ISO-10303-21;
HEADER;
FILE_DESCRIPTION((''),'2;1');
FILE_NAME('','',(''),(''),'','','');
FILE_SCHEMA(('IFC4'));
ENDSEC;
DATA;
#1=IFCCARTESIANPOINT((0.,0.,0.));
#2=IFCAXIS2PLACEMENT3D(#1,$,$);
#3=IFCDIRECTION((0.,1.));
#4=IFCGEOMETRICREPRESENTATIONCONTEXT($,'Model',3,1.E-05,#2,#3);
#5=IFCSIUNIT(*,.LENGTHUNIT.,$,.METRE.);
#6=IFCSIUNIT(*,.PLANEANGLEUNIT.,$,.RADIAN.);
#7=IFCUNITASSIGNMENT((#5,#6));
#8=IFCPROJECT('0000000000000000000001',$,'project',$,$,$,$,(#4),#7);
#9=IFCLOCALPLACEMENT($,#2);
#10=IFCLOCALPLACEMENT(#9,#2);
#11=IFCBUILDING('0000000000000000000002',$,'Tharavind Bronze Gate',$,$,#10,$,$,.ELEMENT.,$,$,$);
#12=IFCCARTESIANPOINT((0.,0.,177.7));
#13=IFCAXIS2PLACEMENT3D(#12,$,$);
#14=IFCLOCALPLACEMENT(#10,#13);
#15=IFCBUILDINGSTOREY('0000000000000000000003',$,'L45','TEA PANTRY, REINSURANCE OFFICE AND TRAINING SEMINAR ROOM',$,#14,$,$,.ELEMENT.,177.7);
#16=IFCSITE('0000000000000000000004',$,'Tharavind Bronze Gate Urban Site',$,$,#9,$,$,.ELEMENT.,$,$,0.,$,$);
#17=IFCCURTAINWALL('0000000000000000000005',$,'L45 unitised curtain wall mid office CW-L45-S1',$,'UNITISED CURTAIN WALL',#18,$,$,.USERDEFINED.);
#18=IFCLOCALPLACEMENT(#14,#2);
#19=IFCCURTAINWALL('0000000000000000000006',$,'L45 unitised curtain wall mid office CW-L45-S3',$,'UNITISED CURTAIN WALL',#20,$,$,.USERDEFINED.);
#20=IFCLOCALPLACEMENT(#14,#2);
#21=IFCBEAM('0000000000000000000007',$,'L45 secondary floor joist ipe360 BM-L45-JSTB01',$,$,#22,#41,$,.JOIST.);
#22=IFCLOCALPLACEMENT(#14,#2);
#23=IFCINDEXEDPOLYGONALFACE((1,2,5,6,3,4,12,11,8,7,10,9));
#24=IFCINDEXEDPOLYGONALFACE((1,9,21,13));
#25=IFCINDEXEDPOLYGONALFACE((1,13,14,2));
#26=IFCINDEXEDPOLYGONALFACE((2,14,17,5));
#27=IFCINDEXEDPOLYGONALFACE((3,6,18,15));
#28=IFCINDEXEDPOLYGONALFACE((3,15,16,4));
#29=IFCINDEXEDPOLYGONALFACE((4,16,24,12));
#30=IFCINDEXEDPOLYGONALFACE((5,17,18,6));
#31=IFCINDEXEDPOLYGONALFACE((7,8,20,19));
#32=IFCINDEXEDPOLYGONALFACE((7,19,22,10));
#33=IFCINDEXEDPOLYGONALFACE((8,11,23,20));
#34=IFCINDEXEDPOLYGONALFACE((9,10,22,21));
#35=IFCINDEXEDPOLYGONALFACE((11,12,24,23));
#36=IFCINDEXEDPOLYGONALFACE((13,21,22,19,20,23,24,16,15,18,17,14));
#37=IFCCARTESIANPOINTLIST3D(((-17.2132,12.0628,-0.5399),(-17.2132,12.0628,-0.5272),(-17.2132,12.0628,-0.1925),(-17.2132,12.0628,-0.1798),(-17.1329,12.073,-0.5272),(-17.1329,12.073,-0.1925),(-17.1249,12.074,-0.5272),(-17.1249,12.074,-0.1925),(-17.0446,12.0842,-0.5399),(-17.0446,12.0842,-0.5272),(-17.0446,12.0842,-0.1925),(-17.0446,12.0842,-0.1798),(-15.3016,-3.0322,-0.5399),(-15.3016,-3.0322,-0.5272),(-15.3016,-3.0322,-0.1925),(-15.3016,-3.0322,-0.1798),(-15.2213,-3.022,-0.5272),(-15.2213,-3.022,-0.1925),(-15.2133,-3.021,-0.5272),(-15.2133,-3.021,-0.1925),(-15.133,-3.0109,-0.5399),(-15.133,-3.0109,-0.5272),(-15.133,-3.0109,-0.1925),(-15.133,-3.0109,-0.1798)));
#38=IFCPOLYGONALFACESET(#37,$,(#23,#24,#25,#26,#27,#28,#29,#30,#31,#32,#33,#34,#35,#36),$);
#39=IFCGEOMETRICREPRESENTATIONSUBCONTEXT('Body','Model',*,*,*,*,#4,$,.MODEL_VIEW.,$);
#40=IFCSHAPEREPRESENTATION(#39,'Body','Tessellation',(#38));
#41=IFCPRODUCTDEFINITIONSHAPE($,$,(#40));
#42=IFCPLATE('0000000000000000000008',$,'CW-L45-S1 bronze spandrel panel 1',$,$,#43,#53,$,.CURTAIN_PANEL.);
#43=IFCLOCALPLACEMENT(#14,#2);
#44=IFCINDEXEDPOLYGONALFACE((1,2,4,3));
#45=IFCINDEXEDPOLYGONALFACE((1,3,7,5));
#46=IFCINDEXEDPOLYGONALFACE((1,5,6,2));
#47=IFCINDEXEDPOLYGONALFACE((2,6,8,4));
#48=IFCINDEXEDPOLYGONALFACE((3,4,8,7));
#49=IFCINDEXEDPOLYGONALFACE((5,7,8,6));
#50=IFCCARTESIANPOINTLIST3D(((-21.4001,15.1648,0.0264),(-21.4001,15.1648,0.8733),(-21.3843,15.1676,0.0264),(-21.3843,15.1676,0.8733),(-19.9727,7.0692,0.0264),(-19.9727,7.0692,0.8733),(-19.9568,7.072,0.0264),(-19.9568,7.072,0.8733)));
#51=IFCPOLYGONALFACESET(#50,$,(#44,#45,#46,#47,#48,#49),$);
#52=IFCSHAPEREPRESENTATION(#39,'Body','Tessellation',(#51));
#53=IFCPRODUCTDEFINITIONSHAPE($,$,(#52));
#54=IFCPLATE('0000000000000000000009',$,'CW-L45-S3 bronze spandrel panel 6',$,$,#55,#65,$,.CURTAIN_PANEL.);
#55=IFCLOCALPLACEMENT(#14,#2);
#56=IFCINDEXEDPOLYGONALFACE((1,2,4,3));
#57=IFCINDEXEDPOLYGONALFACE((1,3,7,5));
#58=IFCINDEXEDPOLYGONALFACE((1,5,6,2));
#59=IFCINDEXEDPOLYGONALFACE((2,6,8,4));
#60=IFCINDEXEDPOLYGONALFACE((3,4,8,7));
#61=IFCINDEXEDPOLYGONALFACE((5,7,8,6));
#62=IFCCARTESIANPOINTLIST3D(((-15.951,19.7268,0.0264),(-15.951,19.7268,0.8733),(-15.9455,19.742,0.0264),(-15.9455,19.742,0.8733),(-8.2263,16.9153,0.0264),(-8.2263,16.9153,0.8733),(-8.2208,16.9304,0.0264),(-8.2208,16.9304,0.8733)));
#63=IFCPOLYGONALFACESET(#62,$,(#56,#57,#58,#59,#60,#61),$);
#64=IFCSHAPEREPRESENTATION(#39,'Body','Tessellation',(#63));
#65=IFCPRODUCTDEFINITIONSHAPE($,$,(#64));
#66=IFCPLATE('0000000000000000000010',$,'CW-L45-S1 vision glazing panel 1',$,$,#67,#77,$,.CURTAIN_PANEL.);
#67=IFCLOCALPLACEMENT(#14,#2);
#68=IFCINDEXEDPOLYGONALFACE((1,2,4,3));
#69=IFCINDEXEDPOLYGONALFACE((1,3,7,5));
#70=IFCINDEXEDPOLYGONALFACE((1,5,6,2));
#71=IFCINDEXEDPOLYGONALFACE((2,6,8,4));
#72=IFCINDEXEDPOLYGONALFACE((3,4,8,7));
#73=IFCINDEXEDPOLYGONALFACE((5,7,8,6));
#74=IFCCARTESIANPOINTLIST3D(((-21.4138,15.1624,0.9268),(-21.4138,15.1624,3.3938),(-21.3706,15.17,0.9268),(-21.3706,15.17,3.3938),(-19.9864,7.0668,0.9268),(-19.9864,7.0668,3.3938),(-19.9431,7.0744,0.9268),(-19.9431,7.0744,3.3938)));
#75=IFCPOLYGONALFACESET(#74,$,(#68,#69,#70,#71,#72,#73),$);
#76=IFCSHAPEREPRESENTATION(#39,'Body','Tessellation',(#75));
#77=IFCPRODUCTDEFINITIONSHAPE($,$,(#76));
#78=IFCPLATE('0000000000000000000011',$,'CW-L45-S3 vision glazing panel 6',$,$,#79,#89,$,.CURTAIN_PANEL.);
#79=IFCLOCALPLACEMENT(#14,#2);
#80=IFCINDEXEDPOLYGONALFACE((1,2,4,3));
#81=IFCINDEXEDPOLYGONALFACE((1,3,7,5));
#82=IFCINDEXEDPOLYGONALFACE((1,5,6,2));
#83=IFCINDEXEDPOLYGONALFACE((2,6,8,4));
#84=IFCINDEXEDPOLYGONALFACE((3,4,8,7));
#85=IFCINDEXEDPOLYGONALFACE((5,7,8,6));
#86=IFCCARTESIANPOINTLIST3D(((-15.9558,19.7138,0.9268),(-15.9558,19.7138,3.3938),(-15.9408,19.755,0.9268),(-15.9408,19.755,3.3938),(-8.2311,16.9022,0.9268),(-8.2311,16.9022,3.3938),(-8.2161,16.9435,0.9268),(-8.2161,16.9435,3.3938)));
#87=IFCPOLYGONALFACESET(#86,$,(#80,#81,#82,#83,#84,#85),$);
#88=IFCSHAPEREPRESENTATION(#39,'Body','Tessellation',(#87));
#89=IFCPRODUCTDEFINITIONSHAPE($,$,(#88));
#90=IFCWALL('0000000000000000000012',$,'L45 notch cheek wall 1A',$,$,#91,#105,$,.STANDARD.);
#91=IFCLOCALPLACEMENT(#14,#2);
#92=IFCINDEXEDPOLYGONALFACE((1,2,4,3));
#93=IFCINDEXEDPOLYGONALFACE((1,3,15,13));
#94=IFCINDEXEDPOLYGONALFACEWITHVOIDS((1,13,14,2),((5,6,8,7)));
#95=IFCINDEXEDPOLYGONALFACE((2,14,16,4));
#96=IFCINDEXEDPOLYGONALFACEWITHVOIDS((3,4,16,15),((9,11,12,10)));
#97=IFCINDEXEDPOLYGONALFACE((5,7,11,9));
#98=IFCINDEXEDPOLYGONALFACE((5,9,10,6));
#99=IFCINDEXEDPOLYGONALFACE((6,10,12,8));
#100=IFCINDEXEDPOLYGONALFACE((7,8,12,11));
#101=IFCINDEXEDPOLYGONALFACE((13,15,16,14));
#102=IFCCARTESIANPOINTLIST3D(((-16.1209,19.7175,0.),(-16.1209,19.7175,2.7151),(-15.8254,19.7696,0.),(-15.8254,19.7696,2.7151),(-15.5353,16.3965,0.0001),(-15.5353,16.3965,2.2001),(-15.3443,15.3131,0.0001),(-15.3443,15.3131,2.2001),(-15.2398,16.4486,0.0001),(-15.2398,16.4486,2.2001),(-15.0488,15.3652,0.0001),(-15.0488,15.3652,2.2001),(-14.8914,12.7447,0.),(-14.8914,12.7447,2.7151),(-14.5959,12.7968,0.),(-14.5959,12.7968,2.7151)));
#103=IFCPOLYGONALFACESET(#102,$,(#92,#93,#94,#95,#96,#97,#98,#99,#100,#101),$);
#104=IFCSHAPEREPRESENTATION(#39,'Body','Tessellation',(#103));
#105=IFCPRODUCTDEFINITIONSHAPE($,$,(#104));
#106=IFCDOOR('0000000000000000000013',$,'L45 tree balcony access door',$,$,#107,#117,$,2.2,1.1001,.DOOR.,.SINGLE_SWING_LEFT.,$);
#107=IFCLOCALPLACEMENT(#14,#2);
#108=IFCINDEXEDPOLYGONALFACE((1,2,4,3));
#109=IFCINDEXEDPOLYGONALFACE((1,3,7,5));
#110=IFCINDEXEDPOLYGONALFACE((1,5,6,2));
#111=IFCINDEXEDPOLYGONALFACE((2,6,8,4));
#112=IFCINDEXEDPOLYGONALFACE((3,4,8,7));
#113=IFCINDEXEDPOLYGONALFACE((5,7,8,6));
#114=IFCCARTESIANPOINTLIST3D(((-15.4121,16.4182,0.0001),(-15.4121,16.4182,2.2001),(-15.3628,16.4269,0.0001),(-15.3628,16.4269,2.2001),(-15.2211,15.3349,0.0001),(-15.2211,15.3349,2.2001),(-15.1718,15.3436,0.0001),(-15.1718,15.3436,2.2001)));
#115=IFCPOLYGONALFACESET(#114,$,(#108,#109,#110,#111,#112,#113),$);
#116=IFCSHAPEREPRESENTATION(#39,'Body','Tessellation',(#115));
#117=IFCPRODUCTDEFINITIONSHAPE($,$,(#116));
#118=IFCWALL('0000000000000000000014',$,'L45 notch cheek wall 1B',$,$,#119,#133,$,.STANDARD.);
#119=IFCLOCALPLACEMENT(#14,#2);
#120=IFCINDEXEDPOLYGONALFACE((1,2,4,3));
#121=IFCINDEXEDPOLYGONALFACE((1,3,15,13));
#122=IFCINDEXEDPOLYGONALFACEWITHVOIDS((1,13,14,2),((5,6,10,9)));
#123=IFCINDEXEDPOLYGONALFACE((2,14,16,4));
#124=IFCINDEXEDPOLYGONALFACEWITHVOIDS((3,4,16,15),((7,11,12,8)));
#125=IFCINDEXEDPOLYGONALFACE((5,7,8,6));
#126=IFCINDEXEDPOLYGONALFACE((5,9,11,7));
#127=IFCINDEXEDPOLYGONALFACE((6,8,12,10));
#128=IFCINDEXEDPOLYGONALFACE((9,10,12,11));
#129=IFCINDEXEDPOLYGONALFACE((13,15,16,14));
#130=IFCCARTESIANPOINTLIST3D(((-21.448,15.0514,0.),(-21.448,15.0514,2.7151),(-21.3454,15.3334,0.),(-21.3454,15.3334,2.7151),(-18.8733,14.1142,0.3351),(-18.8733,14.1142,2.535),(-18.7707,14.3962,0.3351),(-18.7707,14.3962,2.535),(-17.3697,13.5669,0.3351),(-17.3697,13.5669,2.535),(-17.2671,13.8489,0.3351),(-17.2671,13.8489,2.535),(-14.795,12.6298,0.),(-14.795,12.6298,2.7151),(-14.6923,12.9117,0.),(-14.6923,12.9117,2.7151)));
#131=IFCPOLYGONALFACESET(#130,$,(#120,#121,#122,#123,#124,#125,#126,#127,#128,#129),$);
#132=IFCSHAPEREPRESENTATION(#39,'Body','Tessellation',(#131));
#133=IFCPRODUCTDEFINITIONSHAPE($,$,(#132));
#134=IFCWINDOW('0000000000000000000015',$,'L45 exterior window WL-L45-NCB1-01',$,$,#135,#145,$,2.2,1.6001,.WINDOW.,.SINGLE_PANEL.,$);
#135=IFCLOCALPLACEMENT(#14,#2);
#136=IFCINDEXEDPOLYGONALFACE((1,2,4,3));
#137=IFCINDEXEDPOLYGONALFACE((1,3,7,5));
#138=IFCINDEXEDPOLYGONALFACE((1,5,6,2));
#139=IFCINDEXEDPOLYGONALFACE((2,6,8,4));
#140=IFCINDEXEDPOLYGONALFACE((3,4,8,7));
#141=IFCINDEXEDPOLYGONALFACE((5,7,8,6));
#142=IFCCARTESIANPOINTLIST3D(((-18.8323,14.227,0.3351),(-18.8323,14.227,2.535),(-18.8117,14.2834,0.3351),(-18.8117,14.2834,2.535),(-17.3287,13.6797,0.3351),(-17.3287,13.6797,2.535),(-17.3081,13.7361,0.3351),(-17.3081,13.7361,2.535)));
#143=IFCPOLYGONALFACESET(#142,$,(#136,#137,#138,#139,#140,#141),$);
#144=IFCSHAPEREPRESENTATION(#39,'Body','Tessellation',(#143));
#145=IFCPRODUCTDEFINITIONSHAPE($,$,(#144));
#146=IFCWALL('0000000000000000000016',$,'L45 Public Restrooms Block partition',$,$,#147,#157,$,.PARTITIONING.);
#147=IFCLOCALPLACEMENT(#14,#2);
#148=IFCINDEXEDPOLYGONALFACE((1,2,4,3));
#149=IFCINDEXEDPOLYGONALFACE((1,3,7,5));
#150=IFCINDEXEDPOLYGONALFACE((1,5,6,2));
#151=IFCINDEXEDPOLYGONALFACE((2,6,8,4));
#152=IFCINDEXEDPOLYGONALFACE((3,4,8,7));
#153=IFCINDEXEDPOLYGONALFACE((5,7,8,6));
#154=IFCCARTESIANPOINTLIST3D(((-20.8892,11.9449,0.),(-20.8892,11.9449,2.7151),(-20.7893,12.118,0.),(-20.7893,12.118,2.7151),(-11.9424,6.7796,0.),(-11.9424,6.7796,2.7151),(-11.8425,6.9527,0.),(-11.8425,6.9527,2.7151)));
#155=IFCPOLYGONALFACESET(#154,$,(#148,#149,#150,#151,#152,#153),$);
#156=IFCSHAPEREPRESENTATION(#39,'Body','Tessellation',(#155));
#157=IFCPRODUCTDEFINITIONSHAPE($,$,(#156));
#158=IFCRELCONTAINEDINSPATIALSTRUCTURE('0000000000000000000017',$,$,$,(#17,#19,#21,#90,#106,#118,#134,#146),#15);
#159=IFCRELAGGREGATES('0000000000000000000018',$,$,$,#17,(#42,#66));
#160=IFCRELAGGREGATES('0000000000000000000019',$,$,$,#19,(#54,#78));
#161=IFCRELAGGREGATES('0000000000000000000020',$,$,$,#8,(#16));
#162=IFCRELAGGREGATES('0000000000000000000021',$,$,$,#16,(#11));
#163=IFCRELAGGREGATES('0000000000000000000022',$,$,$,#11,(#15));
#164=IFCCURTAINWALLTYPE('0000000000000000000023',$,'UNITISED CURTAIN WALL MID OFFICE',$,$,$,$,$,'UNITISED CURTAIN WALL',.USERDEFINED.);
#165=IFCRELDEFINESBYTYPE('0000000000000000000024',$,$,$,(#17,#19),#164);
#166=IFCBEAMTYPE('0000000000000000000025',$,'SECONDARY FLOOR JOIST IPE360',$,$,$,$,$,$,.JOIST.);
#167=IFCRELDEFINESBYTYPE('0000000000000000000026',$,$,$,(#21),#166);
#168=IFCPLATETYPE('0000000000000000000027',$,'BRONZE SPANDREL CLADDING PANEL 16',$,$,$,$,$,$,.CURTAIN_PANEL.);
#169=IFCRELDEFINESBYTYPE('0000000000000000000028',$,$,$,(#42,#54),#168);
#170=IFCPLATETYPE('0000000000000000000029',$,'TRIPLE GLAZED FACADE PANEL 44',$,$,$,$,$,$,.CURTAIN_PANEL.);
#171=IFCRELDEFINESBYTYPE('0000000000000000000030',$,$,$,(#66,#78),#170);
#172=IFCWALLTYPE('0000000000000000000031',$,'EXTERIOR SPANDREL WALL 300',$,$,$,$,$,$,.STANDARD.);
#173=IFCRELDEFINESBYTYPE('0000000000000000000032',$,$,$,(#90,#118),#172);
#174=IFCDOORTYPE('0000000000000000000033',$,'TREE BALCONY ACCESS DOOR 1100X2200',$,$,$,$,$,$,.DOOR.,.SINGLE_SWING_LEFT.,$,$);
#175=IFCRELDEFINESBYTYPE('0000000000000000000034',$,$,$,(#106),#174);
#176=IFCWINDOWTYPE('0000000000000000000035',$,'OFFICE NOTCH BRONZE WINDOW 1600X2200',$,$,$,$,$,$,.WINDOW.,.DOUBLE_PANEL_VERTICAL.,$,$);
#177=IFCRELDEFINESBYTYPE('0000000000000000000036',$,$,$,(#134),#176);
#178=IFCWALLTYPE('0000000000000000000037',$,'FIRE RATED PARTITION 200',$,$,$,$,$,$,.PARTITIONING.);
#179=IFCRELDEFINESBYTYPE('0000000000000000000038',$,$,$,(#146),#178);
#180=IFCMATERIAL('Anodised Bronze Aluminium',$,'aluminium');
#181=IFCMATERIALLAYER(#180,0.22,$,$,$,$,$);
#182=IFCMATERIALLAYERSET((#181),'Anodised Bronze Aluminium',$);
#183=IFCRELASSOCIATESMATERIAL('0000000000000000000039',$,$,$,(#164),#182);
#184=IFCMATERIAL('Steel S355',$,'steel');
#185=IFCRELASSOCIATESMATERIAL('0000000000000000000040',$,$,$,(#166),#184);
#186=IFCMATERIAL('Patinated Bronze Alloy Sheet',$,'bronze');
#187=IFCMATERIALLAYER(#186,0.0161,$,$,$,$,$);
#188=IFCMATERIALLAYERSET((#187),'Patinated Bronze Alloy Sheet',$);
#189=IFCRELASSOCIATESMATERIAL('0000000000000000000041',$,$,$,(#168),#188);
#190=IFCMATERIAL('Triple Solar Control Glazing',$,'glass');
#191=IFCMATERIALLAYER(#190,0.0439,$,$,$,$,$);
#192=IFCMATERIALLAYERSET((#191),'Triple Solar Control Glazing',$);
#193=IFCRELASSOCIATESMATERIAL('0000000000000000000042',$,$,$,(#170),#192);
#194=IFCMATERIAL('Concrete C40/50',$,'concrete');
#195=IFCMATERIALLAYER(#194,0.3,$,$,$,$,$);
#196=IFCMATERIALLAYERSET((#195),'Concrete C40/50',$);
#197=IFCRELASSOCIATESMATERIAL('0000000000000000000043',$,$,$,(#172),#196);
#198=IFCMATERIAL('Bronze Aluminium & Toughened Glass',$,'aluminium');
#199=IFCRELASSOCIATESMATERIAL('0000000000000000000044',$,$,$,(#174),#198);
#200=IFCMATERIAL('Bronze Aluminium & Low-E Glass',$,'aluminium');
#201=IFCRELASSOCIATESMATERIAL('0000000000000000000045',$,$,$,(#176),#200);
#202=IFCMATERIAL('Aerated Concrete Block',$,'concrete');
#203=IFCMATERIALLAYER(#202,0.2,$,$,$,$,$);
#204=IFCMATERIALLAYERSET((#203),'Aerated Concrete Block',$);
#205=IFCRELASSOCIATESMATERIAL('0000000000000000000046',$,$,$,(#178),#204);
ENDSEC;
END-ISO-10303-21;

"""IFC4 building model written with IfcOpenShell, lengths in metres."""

from ifc_helpers import new_model, si_unit, direction, frame, frame_2d, origin, origin_2d, place, context, subcontext, project, spatial, rectangle, i_section, extrude, material, layer, layer_set, material_profile, profile_set, type_object, element, fill, aggregate, save


model = new_model("IFC4")

# Units and contexts
model_context = context("Model", 3, precision=1e-05, world=origin(), true_north=direction((0.0, 1.0)))
body_context = subcontext(model_context, "Body", "Model", "MODEL_VIEW")
ifc_project = project(units=[si_unit("LENGTHUNIT", "METRE"), si_unit("PLANEANGLEUNIT", "RADIAN")], contexts=[model_context])

# Site, building, storey
site_placement = place(None, origin())
site = spatial("IfcSite", under=ifc_project, at=site_placement, Name="Tharavind Bronze Gate Urban Site", CompositionType="ELEMENT", RefElevation=0.0)
building_placement = place(site_placement, origin())
building = spatial("IfcBuilding", under=site, at=building_placement, Name="Tharavind Bronze Gate", CompositionType="ELEMENT")
storey_placement = place(building_placement, frame((0.0, 0.0, 177.7)))
storey = spatial("IfcBuildingStorey", under=building, at=storey_placement, Name="L45", Description="TEA PANTRY, REINSURANCE OFFICE AND TRAINING SEMINAR ROOM", CompositionType="ELEMENT", Elevation=177.7)

# Curtain wall
ifc_material_1 = material(Name="Anodised Bronze Aluminium", Category="aluminium")
ifc_layer_1 = layer(ifc_material_1, 0.22)
ifc_layer_set_1 = layer_set([ifc_layer_1], Name="Anodised Bronze Aluminium")
curtain_wall_type = type_object("IfcCurtainWallType", Name="UNITISED CURTAIN WALL MID OFFICE", ElementType="UNITISED CURTAIN WALL", PredefinedType="USERDEFINED", material=ifc_layer_set_1)
curtain_wall_1_placement = place(storey_placement, origin())
curtain_wall_1 = element("IfcCurtainWall", 1, at=curtain_wall_1_placement, inside=storey, type_object=curtain_wall_type, Name="L45 unitised curtain wall mid office CW-L45-S1", ObjectType="UNITISED CURTAIN WALL", PredefinedType="USERDEFINED")

# Curtain wall
curtain_wall_2_placement = place(storey_placement, origin())
curtain_wall_2 = element("IfcCurtainWall", 2, at=curtain_wall_2_placement, inside=storey, type_object=curtain_wall_type, Name="L45 unitised curtain wall mid office CW-L45-S3", ObjectType="UNITISED CURTAIN WALL", PredefinedType="USERDEFINED")

# Beam
ifc_material_2 = material(Name="Steel S355", Category="steel")
ifc_material_profile_1 = material_profile(ifc_material_2, i_section(OverallWidth=0.1699, OverallDepth=0.3601, WebThickness=0.0081, FlangeThickness=0.0127, at=origin_2d()), Name="IPE360")
ifc_profile_set_1 = profile_set([ifc_material_profile_1], Name="Steel S355")
beam_type_1 = type_object("IfcBeamType", Name="SECONDARY FLOOR JOIST IPE360", PredefinedType="JOIST", material=ifc_profile_set_1)
beam_1_placement = place(storey_placement, frame((-17.1289, 12.0735, -0.3599), z_axis=(0.125636, -0.992076, 0.0), x_axis=(0.992076, 0.125636, 0.0)))
element("IfcBeam", 3, at=beam_1_placement, inside=storey, type_object=beam_type_1, Name="L45 secondary floor joist ipe360 BM-L45-JSTB01", PredefinedType="JOIST", context=body_context, shape_type="SweptSolid", body=[
    extrude(i_section(OverallWidth=0.1699, OverallDepth=0.3601, WebThickness=0.0081, FlangeThickness=0.0127, at=origin_2d()), origin(), (0.0, 0.0, 1.0), 15.2156),
])

# Plates
ifc_material_3 = material(Name="Patinated Bronze Alloy Sheet", Category="bronze")
ifc_layer_2 = layer(ifc_material_3, 0.0161)
ifc_layer_set_2 = layer_set([ifc_layer_2], Name="Patinated Bronze Alloy Sheet")
plate_type_1 = type_object("IfcPlateType", Name="BRONZE SPANDREL CLADDING PANEL 16", PredefinedType="CURTAIN_PANEL", material=ifc_layer_set_2)
plate_1_placement = place(storey_placement, frame((-20.6785, 11.1184, 0.0264), z_axis=(0.0, 0.0, 1.0), x_axis=(0.173648, -0.984808, 0.0)))
plate_1 = element("IfcPlate", 4, at=plate_1_placement, type_object=plate_type_1, Name="CW-L45-S1 bronze spandrel panel 1", PredefinedType="CURTAIN_PANEL", context=body_context, shape_type="SweptSolid", body=[
    extrude(rectangle(XDim=8.2205, YDim=0.0161, at=origin_2d()), origin(), (0.0, 0.0, 1.0), 0.8469),
])
plate_2_placement = place(storey_placement, frame((-12.0859, 18.3286, 0.0264), z_axis=(0.0, 0.0, 1.0), x_axis=(-0.939692, 0.342022, 0.0)))
plate_2 = element("IfcPlate", 5, at=plate_2_placement, type_object=plate_type_1, Name="CW-L45-S3 bronze spandrel panel 6", PredefinedType="CURTAIN_PANEL", context=body_context, shape_type="SweptSolid", body=[
    extrude(rectangle(XDim=8.2205, YDim=0.0161, at=origin_2d()), origin(), (0.0, 0.0, 1.0), 0.8469),
])
ifc_material_4 = material(Name="Triple Solar Control Glazing", Category="glass")
ifc_layer_3 = layer(ifc_material_4, 0.0439)
ifc_layer_set_3 = layer_set([ifc_layer_3], Name="Triple Solar Control Glazing")
plate_type_2 = type_object("IfcPlateType", Name="TRIPLE GLAZED FACADE PANEL 44", PredefinedType="CURTAIN_PANEL", material=ifc_layer_set_3)
plate_3_placement = place(storey_placement, frame((-20.6785, 11.1184, 0.9268), z_axis=(0.0, 0.0, 1.0), x_axis=(0.173648, -0.984808, 0.0)))
plate_3 = element("IfcPlate", 6, at=plate_3_placement, type_object=plate_type_2, Name="CW-L45-S1 vision glazing panel 1", PredefinedType="CURTAIN_PANEL", context=body_context, shape_type="SweptSolid", body=[
    extrude(rectangle(XDim=8.2205, YDim=0.0439, at=origin_2d()), origin(), (0.0, 0.0, 1.0), 2.467),
])
aggregate(curtain_wall_1, [plate_1, plate_3])
plate_4_placement = place(storey_placement, frame((-12.0859, 18.3286, 0.9268), z_axis=(0.0, 0.0, 1.0), x_axis=(-0.939692, 0.342022, 0.0)))
plate_4 = element("IfcPlate", 7, at=plate_4_placement, type_object=plate_type_2, Name="CW-L45-S3 vision glazing panel 6", PredefinedType="CURTAIN_PANEL", context=body_context, shape_type="SweptSolid", body=[
    extrude(rectangle(XDim=8.2205, YDim=0.0439, at=origin_2d()), origin(), (0.0, 0.0, 1.0), 2.467),
])
aggregate(curtain_wall_2, [plate_2, plate_4])

# Wall, opening, door
ifc_material_5 = material(Name="Concrete C40/50", Category="concrete")
ifc_layer_4 = layer(ifc_material_5, 0.3)
ifc_layer_set_4 = layer_set([ifc_layer_4], Name="Concrete C40/50")
wall_type_1 = type_object("IfcWallType", Name="EXTERIOR SPANDREL WALL 300", PredefinedType="STANDARD", material=ifc_layer_set_4)
wall_1_placement = place(storey_placement, frame((-15.9731, 19.7434, 0.0), z_axis=(0.0, 0.0, 1.0), x_axis=(0.173652, -0.984807, 0.0)))
wall_1 = element("IfcWall", 8, at=wall_1_placement, inside=storey, type_object=wall_type_1, Name="L45 notch cheek wall 1A", PredefinedType="STANDARD", context=body_context, shape_type="SweptSolid", body=[
    extrude(rectangle(XDim=7.0803, YDim=0.3, at=frame_2d((3.54, 0.0))), origin(), (0.0, 0.0, 1.0), 2.7151),
])
opening_1_placement = place(wall_1_placement, frame((3.3721, 0.0, 0.0)))
opening_1 = element("IfcOpeningElement", 9, at=opening_1_placement, cuts=wall_1, PredefinedType="OPENING", context=body_context, shape_type="SweptSolid", body=[
    extrude(rectangle(XDim=1.1001, YDim=2.2, at=frame_2d((0.55, 1.1001))), frame((0.0, 0.1599, 0.0), z_axis=(0.0, -1.0, 0.0), x_axis=(1.0, 0.0, 0.0)), (0.0, 0.0, 1.0), 0.32),
])
ifc_material_6 = material(Name="Bronze Aluminium & Toughened Glass", Category="aluminium")
door_type = type_object("IfcDoorType", Name="TREE BALCONY ACCESS DOOR 1100X2200", OperationType="SINGLE_SWING_LEFT", PredefinedType="DOOR", material=ifc_material_6)
door_placement = place(opening_1_placement, frame((1.1001, 0.0, 0.0), z_axis=(0.0, 0.0, 1.0), x_axis=(-1.0, 0.0, 0.0)))
door = element("IfcDoor", 10, at=door_placement, inside=storey, type_object=door_type, Name="L45 tree balcony access door", OperationType="SINGLE_SWING_LEFT", OverallHeight=2.2, OverallWidth=1.1001, PredefinedType="DOOR", context=body_context, shape_type="SweptSolid", body=[
    extrude(rectangle(XDim=1.1001, YDim=2.2, at=frame_2d((0.55, 1.1001))), frame((0.0, 0.0249, 0.0), z_axis=(0.0, -1.0, 0.0), x_axis=(1.0, 0.0, 0.0)), (0.0, 0.0, 1.0), 0.05),
])
fill(opening_1, door)

# Wall, opening, window
wall_2_placement = place(storey_placement, frame((-14.7437, 12.7708, 0.0), z_axis=(0.0, 0.0, 1.0), x_axis=(-0.939688, 0.342034, 0.0)))
wall_2 = element("IfcWall", 11, at=wall_2_placement, inside=storey, type_object=wall_type_1, Name="L45 notch cheek wall 1B", PredefinedType="STANDARD", context=body_context, shape_type="SweptSolid", body=[
    extrude(rectangle(XDim=7.0801, YDim=0.3, at=frame_2d((3.54, 0.0))), origin(), (0.0, 0.0, 1.0), 2.7151),
])
opening_2_placement = place(wall_2_placement, frame((2.74, 0.0, 0.335)))
opening_2 = element("IfcOpeningElement", 12, at=opening_2_placement, cuts=wall_2, PredefinedType="OPENING", context=body_context, shape_type="SweptSolid", body=[
    extrude(rectangle(XDim=1.6001, YDim=2.2, at=frame_2d((0.8, 1.1001))), frame((0.0, 0.1599, 0.0), z_axis=(0.0, -1.0, 0.0), x_axis=(1.0, 0.0, 0.0)), (0.0, 0.0, 1.0), 0.32),
])
ifc_material_7 = material(Name="Bronze Aluminium & Low-E Glass", Category="aluminium")
window_type = type_object("IfcWindowType", Name="OFFICE NOTCH BRONZE WINDOW 1600X2200", PartitioningType="DOUBLE_PANEL_VERTICAL", PredefinedType="WINDOW", material=ifc_material_7)
window_placement = place(opening_2_placement, origin())
window = element("IfcWindow", 13, at=window_placement, inside=storey, type_object=window_type, Name="L45 exterior window WL-L45-NCB1-01", OverallHeight=2.2, OverallWidth=1.6001, PartitioningType="SINGLE_PANEL", PredefinedType="WINDOW", context=body_context, shape_type="SweptSolid", body=[
    extrude(rectangle(XDim=1.6001, YDim=2.2, at=frame_2d((0.8, 1.1001))), frame((0.0, 0.03, 0.0), z_axis=(0.0, -1.0, 0.0), x_axis=(1.0, 0.0, 0.0)), (0.0, 0.0, 1.0), 0.0601),
])
fill(opening_2, window)

# Wall
ifc_material_8 = material(Name="Aerated Concrete Block", Category="concrete")
ifc_layer_5 = layer(ifc_material_8, 0.2)
ifc_layer_set_5 = layer_set([ifc_layer_5], Name="Aerated Concrete Block")
wall_type_2 = type_object("IfcWallType", Name="FIRE RATED PARTITION 200", PredefinedType="PARTITIONING", material=ifc_layer_set_5)
wall_3_placement = place(storey_placement, frame((-20.8394, 12.0315, 0.0), z_axis=(0.0, 0.0, 1.0), x_axis=(0.866031, -0.49999, 0.0)))
element("IfcWall", 14, at=wall_3_placement, inside=storey, type_object=wall_type_2, Name="L45 Public Restrooms Block partition", PredefinedType="PARTITIONING", context=body_context, shape_type="SweptSolid", body=[
    extrude(rectangle(XDim=10.3308, YDim=0.2, at=frame_2d((5.1655, 0.0))), origin(), (0.0, 0.0, 1.0), 2.7151),
])

save(model, "model.ifc")
